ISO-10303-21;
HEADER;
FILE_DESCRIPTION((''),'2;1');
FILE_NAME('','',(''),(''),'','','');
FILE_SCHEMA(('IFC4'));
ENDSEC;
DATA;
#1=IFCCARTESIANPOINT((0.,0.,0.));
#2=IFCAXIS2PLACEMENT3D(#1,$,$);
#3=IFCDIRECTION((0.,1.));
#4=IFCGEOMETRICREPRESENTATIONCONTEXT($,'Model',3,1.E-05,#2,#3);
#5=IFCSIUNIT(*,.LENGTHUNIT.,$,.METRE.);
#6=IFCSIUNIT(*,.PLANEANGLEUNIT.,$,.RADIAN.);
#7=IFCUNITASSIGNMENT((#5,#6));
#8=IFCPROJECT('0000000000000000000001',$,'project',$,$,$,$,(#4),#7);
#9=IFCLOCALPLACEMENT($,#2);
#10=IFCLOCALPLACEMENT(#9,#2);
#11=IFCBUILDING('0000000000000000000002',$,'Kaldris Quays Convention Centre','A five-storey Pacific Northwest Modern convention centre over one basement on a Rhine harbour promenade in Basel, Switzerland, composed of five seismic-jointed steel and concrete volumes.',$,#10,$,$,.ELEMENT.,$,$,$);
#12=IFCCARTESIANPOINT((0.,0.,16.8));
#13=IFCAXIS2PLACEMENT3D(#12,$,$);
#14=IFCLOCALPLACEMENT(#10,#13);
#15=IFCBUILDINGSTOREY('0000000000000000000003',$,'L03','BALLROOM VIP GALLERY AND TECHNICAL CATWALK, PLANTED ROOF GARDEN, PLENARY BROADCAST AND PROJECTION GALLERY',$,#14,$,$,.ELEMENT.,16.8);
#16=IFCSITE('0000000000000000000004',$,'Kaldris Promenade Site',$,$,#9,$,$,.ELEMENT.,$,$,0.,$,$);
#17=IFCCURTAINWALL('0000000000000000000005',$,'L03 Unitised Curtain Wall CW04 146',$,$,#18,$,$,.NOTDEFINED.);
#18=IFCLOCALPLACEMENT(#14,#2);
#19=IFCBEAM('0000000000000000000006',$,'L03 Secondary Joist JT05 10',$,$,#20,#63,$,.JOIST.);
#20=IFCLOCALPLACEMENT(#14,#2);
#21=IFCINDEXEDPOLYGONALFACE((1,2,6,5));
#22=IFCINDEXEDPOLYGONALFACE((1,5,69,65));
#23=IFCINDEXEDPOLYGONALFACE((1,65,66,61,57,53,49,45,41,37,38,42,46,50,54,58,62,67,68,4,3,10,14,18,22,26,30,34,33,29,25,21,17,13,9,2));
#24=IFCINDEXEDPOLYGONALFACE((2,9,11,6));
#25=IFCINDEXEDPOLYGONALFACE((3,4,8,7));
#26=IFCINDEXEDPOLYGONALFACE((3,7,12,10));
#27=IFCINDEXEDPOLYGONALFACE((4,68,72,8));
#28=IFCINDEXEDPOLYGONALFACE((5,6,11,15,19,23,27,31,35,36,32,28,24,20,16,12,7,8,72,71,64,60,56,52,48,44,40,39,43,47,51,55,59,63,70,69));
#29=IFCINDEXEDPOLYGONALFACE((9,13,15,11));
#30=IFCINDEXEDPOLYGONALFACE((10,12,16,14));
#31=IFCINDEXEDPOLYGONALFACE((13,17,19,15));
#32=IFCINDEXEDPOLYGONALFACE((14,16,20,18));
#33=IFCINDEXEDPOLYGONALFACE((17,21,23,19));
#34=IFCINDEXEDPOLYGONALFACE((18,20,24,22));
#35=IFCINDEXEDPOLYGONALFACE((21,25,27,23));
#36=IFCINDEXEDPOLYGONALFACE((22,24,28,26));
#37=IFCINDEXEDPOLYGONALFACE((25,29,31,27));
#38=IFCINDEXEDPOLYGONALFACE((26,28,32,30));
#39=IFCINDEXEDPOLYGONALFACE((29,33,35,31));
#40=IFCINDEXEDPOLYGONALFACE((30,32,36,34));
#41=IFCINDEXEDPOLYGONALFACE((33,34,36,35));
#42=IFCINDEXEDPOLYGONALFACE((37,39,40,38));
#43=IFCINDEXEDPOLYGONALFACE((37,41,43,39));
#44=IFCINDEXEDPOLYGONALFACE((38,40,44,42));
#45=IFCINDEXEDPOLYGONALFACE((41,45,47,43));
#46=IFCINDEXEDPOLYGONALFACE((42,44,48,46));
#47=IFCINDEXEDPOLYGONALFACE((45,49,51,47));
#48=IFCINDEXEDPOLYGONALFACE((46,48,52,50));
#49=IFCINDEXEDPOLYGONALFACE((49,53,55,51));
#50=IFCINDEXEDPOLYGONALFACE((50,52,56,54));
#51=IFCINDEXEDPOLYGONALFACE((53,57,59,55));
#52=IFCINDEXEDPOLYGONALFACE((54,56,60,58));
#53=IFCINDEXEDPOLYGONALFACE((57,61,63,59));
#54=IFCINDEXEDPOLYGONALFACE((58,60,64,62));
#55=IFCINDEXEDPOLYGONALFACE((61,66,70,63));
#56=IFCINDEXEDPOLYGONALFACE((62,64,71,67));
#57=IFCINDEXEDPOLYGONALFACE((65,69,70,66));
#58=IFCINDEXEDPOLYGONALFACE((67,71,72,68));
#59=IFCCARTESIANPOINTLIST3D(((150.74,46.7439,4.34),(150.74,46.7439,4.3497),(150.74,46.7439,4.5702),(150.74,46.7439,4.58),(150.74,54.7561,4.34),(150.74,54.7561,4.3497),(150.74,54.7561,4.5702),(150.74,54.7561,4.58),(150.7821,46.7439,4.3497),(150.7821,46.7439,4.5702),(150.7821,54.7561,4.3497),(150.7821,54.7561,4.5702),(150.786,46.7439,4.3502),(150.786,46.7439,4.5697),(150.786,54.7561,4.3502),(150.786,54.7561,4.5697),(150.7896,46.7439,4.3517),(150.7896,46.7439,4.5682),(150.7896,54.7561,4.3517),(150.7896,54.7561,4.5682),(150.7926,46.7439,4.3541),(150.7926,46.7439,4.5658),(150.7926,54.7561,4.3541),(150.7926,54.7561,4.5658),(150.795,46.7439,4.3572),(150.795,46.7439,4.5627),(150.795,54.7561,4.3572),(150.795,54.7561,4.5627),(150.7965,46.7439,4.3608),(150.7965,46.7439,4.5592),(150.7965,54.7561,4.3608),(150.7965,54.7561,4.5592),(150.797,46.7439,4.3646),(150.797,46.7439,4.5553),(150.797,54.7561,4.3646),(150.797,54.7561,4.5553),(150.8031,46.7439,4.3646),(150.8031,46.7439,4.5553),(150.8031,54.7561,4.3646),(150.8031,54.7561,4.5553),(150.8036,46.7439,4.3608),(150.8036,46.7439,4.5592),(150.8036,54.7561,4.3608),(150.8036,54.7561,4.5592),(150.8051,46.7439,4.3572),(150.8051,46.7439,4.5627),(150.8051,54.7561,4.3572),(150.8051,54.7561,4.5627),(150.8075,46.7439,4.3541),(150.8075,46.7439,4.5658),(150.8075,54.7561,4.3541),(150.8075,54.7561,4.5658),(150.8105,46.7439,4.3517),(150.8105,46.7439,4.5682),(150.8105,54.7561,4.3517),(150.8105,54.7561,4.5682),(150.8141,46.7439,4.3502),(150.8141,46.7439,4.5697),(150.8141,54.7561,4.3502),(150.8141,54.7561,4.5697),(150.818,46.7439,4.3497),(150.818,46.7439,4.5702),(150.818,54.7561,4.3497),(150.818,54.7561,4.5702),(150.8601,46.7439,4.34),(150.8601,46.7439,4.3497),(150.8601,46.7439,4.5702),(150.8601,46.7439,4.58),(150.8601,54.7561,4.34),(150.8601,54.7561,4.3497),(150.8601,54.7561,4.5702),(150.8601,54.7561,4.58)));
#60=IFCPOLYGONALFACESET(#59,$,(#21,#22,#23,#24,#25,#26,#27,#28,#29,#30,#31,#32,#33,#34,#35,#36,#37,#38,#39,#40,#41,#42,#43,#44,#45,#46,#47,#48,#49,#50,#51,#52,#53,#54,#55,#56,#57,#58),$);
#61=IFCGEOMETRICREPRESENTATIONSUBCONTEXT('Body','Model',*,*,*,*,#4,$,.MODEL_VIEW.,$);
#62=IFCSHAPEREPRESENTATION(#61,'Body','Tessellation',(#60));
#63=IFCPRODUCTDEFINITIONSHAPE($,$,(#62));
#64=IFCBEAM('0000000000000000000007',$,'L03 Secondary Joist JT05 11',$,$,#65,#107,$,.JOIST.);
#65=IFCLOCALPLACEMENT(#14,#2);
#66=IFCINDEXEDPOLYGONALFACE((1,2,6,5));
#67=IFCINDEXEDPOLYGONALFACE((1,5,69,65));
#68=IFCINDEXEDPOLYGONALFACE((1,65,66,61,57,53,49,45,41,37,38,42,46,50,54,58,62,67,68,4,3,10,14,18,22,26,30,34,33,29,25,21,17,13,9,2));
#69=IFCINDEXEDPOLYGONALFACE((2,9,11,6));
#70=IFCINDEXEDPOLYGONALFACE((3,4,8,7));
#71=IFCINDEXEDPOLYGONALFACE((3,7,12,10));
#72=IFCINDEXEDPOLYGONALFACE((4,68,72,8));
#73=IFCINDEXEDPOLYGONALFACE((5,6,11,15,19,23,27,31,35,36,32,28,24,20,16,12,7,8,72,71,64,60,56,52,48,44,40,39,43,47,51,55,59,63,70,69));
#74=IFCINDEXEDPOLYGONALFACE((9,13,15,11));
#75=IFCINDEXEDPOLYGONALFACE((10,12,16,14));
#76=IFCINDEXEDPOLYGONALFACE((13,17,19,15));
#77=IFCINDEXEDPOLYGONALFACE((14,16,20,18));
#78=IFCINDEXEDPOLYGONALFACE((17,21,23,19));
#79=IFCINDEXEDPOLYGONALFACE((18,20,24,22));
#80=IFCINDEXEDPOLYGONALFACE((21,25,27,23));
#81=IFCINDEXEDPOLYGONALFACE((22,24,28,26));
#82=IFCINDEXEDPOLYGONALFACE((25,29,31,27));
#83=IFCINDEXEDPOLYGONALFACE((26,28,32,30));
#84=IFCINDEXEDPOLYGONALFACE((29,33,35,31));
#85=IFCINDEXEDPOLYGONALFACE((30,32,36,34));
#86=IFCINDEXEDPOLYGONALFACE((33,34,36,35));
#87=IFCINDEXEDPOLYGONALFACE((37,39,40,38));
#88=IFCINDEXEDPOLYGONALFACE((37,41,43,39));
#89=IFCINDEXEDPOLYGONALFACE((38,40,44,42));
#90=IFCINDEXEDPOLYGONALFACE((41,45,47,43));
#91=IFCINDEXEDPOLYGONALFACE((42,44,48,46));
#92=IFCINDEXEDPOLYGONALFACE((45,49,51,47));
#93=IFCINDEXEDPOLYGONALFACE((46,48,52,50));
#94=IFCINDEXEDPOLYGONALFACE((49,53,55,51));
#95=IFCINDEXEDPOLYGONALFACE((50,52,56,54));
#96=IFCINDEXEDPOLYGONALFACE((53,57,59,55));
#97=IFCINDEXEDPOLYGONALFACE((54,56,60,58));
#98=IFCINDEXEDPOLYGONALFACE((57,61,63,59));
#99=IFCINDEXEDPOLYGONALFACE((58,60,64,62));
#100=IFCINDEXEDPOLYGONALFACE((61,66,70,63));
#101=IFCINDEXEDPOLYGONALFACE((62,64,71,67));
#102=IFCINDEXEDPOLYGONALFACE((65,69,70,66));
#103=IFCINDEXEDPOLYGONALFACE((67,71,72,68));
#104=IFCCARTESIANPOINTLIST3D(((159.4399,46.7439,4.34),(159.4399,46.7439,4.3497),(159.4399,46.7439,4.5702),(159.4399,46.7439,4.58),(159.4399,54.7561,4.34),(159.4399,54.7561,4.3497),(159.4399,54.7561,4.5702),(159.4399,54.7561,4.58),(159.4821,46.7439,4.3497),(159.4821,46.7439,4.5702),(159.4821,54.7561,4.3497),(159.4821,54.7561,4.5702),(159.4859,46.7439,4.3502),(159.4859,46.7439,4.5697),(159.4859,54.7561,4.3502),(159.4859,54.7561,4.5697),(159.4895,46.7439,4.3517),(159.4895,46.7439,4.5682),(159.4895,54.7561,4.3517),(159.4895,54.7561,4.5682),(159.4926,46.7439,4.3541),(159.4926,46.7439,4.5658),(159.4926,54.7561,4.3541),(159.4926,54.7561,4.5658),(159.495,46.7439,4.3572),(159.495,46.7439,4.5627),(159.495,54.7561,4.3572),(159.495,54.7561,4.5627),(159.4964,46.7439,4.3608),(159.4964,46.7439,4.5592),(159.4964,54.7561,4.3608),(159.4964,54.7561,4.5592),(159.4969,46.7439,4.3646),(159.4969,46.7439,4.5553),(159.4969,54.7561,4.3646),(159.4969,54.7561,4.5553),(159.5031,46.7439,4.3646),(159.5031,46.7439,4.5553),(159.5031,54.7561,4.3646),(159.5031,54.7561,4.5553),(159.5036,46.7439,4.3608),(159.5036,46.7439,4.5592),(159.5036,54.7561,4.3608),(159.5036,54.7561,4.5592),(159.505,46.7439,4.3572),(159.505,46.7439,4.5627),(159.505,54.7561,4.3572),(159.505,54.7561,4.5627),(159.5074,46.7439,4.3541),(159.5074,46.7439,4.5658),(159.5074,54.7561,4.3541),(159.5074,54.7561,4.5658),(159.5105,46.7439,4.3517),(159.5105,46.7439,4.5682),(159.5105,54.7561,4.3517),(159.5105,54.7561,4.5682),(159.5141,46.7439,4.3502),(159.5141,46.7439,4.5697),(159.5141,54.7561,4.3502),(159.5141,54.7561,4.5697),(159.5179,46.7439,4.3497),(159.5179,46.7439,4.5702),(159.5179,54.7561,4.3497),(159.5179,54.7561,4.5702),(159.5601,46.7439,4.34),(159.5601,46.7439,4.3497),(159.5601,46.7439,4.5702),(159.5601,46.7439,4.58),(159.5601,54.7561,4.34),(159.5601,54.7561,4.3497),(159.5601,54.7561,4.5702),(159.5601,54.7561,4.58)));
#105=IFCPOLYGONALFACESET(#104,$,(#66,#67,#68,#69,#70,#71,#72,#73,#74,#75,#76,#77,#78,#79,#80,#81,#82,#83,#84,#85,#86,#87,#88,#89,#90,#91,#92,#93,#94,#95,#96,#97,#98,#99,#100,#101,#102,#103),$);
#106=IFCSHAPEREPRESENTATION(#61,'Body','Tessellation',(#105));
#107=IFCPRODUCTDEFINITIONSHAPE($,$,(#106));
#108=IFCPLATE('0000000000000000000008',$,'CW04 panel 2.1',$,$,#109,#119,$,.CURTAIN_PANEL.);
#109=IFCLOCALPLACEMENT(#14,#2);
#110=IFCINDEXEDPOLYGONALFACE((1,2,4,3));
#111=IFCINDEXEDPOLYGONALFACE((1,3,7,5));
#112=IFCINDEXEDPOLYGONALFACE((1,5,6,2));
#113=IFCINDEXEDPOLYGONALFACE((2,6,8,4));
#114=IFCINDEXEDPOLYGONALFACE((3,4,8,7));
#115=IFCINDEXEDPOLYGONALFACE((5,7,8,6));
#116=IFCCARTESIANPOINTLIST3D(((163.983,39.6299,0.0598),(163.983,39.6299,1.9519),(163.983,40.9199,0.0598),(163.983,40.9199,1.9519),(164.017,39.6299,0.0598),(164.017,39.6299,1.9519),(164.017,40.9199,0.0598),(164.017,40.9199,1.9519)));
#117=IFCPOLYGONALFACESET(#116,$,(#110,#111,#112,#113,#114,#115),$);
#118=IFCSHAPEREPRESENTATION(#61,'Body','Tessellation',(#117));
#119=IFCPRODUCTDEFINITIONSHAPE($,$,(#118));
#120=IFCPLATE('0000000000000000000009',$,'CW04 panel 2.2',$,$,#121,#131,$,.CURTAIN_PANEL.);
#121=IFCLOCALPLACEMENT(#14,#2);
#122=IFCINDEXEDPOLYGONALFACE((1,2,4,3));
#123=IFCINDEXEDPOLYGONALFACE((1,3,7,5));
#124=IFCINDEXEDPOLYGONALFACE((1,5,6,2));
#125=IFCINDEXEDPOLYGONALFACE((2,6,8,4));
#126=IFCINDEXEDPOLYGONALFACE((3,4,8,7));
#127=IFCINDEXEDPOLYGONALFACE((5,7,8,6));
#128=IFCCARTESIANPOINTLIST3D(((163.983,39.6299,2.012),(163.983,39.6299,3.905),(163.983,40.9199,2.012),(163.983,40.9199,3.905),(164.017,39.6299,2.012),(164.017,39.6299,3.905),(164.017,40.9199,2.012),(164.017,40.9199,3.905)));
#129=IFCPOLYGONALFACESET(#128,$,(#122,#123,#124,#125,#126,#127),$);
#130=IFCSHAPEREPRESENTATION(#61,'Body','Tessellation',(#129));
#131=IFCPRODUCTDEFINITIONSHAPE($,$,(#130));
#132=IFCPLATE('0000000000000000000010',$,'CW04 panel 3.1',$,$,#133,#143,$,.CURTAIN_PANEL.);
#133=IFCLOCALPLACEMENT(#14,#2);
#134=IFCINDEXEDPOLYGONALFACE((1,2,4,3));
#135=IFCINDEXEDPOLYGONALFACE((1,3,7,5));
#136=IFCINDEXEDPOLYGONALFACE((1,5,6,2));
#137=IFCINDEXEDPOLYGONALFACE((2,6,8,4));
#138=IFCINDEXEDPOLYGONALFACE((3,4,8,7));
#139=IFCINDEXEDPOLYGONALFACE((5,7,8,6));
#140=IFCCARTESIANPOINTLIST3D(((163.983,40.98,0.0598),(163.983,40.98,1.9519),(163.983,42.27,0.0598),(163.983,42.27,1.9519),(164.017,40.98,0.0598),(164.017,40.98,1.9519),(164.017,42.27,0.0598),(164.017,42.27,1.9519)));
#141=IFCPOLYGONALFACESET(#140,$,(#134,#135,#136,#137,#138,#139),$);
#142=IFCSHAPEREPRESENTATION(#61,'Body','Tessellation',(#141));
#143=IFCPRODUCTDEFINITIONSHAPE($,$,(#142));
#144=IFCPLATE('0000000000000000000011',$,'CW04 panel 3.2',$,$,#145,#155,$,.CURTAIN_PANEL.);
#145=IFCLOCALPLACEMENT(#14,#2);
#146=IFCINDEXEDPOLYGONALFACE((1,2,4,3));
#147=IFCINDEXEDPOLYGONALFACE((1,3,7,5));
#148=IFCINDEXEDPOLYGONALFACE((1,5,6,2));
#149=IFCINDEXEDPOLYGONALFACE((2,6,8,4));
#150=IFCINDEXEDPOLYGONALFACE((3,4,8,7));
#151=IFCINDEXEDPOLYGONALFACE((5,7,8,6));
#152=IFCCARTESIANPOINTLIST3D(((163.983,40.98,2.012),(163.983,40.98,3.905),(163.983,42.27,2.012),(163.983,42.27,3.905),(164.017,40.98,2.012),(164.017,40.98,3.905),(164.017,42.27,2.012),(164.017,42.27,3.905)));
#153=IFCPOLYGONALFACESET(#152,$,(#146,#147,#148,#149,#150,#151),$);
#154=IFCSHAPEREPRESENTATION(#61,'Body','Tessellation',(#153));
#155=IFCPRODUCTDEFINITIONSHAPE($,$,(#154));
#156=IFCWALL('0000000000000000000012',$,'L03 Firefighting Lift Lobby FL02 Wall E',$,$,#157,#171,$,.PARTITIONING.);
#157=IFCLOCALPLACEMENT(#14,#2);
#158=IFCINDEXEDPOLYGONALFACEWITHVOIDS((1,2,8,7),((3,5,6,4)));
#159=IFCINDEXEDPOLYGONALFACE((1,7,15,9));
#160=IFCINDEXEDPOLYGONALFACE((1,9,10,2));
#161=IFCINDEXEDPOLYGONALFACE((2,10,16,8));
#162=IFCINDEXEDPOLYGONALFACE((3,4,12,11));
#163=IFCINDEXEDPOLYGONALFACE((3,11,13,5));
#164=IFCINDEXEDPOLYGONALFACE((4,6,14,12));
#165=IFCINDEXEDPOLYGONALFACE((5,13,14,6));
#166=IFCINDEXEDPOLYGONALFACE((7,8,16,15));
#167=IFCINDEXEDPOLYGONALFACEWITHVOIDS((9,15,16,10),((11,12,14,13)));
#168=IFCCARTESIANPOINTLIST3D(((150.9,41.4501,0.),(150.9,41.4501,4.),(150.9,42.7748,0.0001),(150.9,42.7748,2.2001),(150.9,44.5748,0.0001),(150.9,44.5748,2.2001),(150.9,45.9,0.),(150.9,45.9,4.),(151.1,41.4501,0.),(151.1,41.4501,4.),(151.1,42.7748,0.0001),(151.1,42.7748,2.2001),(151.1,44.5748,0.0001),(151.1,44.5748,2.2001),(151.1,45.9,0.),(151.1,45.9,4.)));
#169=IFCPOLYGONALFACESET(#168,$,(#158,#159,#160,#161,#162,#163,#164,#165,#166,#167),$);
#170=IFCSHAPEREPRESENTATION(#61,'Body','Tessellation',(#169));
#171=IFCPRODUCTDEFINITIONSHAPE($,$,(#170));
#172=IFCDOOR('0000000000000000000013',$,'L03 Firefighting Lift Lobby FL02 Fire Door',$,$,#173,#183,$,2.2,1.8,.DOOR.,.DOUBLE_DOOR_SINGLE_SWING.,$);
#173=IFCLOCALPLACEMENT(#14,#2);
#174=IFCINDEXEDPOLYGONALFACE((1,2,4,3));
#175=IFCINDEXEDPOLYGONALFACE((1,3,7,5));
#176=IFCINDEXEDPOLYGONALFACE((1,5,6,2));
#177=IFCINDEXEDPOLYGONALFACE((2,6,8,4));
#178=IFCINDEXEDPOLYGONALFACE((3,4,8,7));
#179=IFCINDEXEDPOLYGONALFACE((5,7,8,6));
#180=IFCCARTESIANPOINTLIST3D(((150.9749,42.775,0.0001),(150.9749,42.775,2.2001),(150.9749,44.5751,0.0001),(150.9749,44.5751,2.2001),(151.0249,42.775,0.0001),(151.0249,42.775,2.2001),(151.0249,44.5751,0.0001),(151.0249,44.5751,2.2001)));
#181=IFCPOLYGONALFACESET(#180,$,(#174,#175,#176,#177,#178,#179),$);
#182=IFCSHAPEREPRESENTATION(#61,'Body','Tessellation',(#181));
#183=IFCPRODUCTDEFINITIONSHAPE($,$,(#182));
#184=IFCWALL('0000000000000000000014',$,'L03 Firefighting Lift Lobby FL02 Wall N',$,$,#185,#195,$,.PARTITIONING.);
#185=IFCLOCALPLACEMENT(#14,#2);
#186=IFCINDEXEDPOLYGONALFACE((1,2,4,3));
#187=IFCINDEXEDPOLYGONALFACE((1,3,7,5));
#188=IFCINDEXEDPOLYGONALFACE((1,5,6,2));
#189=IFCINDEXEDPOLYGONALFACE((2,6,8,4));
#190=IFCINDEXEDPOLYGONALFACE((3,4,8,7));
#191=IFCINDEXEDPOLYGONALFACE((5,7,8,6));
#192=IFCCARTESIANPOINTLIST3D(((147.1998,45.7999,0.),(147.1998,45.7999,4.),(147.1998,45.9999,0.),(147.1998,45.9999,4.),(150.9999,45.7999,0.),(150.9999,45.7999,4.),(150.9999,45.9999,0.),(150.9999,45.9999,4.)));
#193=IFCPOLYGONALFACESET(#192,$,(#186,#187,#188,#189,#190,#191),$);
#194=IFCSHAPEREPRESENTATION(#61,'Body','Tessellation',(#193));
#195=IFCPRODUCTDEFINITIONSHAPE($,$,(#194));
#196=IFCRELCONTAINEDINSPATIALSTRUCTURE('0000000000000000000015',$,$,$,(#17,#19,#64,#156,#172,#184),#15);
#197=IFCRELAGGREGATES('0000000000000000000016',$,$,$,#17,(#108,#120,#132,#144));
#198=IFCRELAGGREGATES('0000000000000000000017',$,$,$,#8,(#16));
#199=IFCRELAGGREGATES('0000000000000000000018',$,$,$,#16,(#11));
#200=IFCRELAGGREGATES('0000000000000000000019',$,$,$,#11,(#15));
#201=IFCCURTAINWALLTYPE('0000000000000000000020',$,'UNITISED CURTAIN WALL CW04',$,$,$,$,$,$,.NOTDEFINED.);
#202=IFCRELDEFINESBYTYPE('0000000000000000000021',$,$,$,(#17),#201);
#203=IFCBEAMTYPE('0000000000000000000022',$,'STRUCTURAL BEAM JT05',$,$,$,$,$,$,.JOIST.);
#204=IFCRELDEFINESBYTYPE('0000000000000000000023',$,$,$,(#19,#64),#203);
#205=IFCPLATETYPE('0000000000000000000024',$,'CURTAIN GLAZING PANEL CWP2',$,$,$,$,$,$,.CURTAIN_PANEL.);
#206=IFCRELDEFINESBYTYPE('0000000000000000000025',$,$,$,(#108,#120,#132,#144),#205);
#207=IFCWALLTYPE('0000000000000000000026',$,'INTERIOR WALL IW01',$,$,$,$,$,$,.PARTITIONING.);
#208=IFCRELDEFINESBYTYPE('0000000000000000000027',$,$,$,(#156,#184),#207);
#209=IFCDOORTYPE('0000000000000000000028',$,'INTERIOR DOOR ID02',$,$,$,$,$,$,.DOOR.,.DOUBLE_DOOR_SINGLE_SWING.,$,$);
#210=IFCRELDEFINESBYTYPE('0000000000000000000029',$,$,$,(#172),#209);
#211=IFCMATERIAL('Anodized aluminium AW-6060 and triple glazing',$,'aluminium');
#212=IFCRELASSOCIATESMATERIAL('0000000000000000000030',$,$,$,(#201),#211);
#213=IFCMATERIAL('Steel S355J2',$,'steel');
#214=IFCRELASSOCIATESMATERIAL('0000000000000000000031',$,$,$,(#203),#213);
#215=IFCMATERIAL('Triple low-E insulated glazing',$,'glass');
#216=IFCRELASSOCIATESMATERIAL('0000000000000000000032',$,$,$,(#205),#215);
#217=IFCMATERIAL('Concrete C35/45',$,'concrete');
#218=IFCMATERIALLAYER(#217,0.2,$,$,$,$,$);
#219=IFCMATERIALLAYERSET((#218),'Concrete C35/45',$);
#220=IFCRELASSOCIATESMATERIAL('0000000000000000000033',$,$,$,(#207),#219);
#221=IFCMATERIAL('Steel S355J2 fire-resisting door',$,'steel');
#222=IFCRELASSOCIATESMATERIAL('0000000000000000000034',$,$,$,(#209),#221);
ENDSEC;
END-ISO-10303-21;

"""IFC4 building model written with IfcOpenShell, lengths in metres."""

from ifc_helpers import new_model, si_unit, direction, frame, frame_2d, origin, origin_2d, place, context, subcontext, project, spatial, rectangle, i_section, extrude, material, layer, layer_set, material_profile, profile_set, type_object, element, fill, aggregate, save


model = new_model("IFC4")

# Units and contexts
model_context = context("Model", 3, precision=1e-05, world=origin(), true_north=direction((0.0, 1.0)))
body_context = subcontext(model_context, "Body", "Model", "MODEL_VIEW")
ifc_project = project(units=[si_unit("LENGTHUNIT", "METRE"), si_unit("PLANEANGLEUNIT", "RADIAN")], contexts=[model_context])

# Site, building, storey
site_placement = place(None, origin())
site = spatial("IfcSite", under=ifc_project, at=site_placement, Name="Kaldris Promenade Site", CompositionType="ELEMENT", RefElevation=0.0)
building_placement = place(site_placement, origin())
building = spatial("IfcBuilding", under=site, at=building_placement, Name="Kaldris Quays Convention Centre", Description="A five-storey Pacific Northwest Modern convention centre over one basement on a Rhine harbour promenade in Basel, Switzerland, composed of five seismic-jointed steel and concrete volumes.", CompositionType="ELEMENT")
storey_placement = place(building_placement, frame((0.0, 0.0, 16.8)))
storey = spatial("IfcBuildingStorey", under=building, at=storey_placement, Name="L03", Description="BALLROOM VIP GALLERY AND TECHNICAL CATWALK, PLANTED ROOF GARDEN, PLENARY BROADCAST AND PROJECTION GALLERY", CompositionType="ELEMENT", Elevation=16.8)

# Shared definitions
ifc_material_1 = material(Name="Steel S355J2", Category="steel")

# Curtain wall
ifc_material_2 = material(Name="Anodized aluminium AW-6060 and triple glazing", Category="aluminium")
curtain_wall_type = type_object("IfcCurtainWallType", Name="UNITISED CURTAIN WALL CW04", PredefinedType="NOTDEFINED", material=ifc_material_2)
curtain_wall_placement = place(storey_placement, origin())
curtain_wall = element("IfcCurtainWall", 1, at=curtain_wall_placement, inside=storey, type_object=curtain_wall_type, Name="L03 Unitised Curtain Wall CW04 146", PredefinedType="NOTDEFINED")

# Beams
ifc_material_profile_1 = material_profile(ifc_material_1, i_section(OverallWidth=0.1201, OverallDepth=0.24, WebThickness=0.0061, FlangeThickness=0.0098, FilletRadius=0.0149, at=origin_2d()), Name="IPE 240")
ifc_profile_set_1 = profile_set([ifc_material_profile_1], Name="Steel S355J2")
beam_type_1 = type_object("IfcBeamType", Name="STRUCTURAL BEAM JT05", PredefinedType="JOIST", material=ifc_profile_set_1)
for number, where, z_axis, x_axis, name in (
    (2, (150.8, 46.7439, 4.46), (0.0, 1.0, 0.0), (-1.0, 0.0, 0.0), "L03 Secondary Joist JT05 10"),
    (3, (159.5, 46.7439, 4.46), (0.0, 1.0, 0.0), (-1.0, 0.0, 0.0), "L03 Secondary Joist JT05 11"),
):
    element("IfcBeam", number, at=place(storey_placement, frame(where, z_axis=z_axis, x_axis=x_axis)), inside=storey, type_object=beam_type_1, Name=name, PredefinedType="JOIST", context=body_context, shape_type="SweptSolid", body=[
        extrude(i_section(OverallWidth=0.1201, OverallDepth=0.24, WebThickness=0.0061, FlangeThickness=0.0098, FilletRadius=0.0149, at=origin_2d()), origin(), (0.0, 0.0, 1.0), 8.0122),
    ])

# Plates
ifc_material_3 = material(Name="Triple low-E insulated glazing", Category="glass")
plate_type = type_object("IfcPlateType", Name="CURTAIN GLAZING PANEL CWP2", PredefinedType="CURTAIN_PANEL", material=ifc_material_3)
plate_1_placement = place(storey_placement, frame((164.0, 40.2749, 0.0598), z_axis=(0.0, 0.0, 1.0), x_axis=(0.0, 1.0, 0.0)))
plate_1 = element("IfcPlate", 4, at=plate_1_placement, type_object=plate_type, Name="CW04 panel 2.1", PredefinedType="CURTAIN_PANEL", context=body_context, shape_type="SweptSolid", body=[
    extrude(rectangle(XDim=1.29, YDim=0.0339, at=origin_2d()), origin(), (0.0, 0.0, 1.0), 1.8921),
])
plate_2_placement = place(storey_placement, frame((164.0, 40.2749, 2.012), z_axis=(0.0, 0.0, 1.0), x_axis=(0.0, 1.0, 0.0)))
plate_2 = element("IfcPlate", 5, at=plate_2_placement, type_object=plate_type, Name="CW04 panel 2.2", PredefinedType="CURTAIN_PANEL", context=body_context, shape_type="SweptSolid", body=[
    extrude(rectangle(XDim=1.29, YDim=0.0339, at=origin_2d()), origin(), (0.0, 0.0, 1.0), 1.8931),
])
plate_3_placement = place(storey_placement, frame((164.0, 41.625, 0.0598), z_axis=(0.0, 0.0, 1.0), x_axis=(0.0, 1.0, 0.0)))
plate_3 = element("IfcPlate", 6, at=plate_3_placement, type_object=plate_type, Name="CW04 panel 3.1", PredefinedType="CURTAIN_PANEL", context=body_context, shape_type="SweptSolid", body=[
    extrude(rectangle(XDim=1.29, YDim=0.0339, at=origin_2d()), origin(), (0.0, 0.0, 1.0), 1.8921),
])
plate_4_placement = place(storey_placement, frame((164.0, 41.625, 2.012), z_axis=(0.0, 0.0, 1.0), x_axis=(0.0, 1.0, 0.0)))
plate_4 = element("IfcPlate", 7, at=plate_4_placement, type_object=plate_type, Name="CW04 panel 3.2", PredefinedType="CURTAIN_PANEL", context=body_context, shape_type="SweptSolid", body=[
    extrude(rectangle(XDim=1.29, YDim=0.0339, at=origin_2d()), origin(), (0.0, 0.0, 1.0), 1.8931),
])
aggregate(curtain_wall, [plate_1, plate_2, plate_3, plate_4])

# Wall, opening, door
ifc_material_4 = material(Name="Concrete C35/45", Category="concrete")
ifc_layer_1 = layer(ifc_material_4, 0.2)
ifc_layer_set_1 = layer_set([ifc_layer_1], Name="Concrete C35/45")
wall_type_1 = type_object("IfcWallType", Name="INTERIOR WALL IW01", PredefinedType="PARTITIONING", material=ifc_layer_set_1)
wall_1_placement = place(storey_placement, frame((151.0, 41.45, 0.0), z_axis=(0.0, 0.0, 1.0), x_axis=(0.0, 1.0, 0.0)))
wall_1 = element("IfcWall", 8, at=wall_1_placement, inside=storey, type_object=wall_type_1, Name="L03 Firefighting Lift Lobby FL02 Wall E", PredefinedType="PARTITIONING", context=body_context, shape_type="SweptSolid", body=[
    extrude(rectangle(XDim=4.45, YDim=0.2, at=frame_2d((2.2251, 0.0))), origin(), (0.0, 0.0, 1.0), 4.0),
])
opening_1_placement = place(wall_1_placement, frame((1.325, 0.0, 0.0)))
opening_1 = element("IfcOpeningElement", 9, at=opening_1_placement, cuts=wall_1, PredefinedType="OPENING", context=body_context, shape_type="SweptSolid", body=[
    extrude(rectangle(XDim=1.8, YDim=2.2, at=frame_2d((0.8999, 1.1001))), frame((0.0, 0.1099, 0.0), z_axis=(0.0, -1.0, 0.0), x_axis=(1.0, 0.0, 0.0)), (0.0, 0.0, 1.0), 0.22),
])
ifc_material_5 = material(Name="Steel S355J2 fire-resisting door", Category="steel")
door_type_1 = type_object("IfcDoorType", Name="INTERIOR DOOR ID02", OperationType="DOUBLE_DOOR_SINGLE_SWING", PredefinedType="DOOR", material=ifc_material_5)
door_1_placement = place(opening_1_placement, frame((1.8, 0.0, 0.0), z_axis=(0.0, 0.0, 1.0), x_axis=(-1.0, 0.0, 0.0)))
door_1 = element("IfcDoor", 10, at=door_1_placement, inside=storey, type_object=door_type_1, Name="L03 Firefighting Lift Lobby FL02 Fire Door", OperationType="DOUBLE_DOOR_SINGLE_SWING", OverallHeight=2.2, OverallWidth=1.8, PredefinedType="DOOR", context=body_context, shape_type="SweptSolid", body=[
    extrude(rectangle(XDim=1.8, YDim=2.2, at=frame_2d((0.8999, 1.1001))), frame((0.0, 0.0249, 0.0), z_axis=(0.0, -1.0, 0.0), x_axis=(1.0, 0.0, 0.0)), (0.0, 0.0, 1.0), 0.05),
])
fill(opening_1, door_1)

# Wall
wall_2_placement = place(storey_placement, frame((147.2, 45.8999, 0.0), z_axis=(0.0, 0.0, 1.0), x_axis=(1.0, 0.0, 0.0)))
element("IfcWall", 11, at=wall_2_placement, inside=storey, type_object=wall_type_1, Name="L03 Firefighting Lift Lobby FL02 Wall N", PredefinedType="PARTITIONING", context=body_context, shape_type="SweptSolid", body=[
    extrude(rectangle(XDim=3.8, YDim=0.2, at=frame_2d((1.8999, 0.0))), origin(), (0.0, 0.0, 1.0), 4.0),
])

save(model, "model.ifc")
